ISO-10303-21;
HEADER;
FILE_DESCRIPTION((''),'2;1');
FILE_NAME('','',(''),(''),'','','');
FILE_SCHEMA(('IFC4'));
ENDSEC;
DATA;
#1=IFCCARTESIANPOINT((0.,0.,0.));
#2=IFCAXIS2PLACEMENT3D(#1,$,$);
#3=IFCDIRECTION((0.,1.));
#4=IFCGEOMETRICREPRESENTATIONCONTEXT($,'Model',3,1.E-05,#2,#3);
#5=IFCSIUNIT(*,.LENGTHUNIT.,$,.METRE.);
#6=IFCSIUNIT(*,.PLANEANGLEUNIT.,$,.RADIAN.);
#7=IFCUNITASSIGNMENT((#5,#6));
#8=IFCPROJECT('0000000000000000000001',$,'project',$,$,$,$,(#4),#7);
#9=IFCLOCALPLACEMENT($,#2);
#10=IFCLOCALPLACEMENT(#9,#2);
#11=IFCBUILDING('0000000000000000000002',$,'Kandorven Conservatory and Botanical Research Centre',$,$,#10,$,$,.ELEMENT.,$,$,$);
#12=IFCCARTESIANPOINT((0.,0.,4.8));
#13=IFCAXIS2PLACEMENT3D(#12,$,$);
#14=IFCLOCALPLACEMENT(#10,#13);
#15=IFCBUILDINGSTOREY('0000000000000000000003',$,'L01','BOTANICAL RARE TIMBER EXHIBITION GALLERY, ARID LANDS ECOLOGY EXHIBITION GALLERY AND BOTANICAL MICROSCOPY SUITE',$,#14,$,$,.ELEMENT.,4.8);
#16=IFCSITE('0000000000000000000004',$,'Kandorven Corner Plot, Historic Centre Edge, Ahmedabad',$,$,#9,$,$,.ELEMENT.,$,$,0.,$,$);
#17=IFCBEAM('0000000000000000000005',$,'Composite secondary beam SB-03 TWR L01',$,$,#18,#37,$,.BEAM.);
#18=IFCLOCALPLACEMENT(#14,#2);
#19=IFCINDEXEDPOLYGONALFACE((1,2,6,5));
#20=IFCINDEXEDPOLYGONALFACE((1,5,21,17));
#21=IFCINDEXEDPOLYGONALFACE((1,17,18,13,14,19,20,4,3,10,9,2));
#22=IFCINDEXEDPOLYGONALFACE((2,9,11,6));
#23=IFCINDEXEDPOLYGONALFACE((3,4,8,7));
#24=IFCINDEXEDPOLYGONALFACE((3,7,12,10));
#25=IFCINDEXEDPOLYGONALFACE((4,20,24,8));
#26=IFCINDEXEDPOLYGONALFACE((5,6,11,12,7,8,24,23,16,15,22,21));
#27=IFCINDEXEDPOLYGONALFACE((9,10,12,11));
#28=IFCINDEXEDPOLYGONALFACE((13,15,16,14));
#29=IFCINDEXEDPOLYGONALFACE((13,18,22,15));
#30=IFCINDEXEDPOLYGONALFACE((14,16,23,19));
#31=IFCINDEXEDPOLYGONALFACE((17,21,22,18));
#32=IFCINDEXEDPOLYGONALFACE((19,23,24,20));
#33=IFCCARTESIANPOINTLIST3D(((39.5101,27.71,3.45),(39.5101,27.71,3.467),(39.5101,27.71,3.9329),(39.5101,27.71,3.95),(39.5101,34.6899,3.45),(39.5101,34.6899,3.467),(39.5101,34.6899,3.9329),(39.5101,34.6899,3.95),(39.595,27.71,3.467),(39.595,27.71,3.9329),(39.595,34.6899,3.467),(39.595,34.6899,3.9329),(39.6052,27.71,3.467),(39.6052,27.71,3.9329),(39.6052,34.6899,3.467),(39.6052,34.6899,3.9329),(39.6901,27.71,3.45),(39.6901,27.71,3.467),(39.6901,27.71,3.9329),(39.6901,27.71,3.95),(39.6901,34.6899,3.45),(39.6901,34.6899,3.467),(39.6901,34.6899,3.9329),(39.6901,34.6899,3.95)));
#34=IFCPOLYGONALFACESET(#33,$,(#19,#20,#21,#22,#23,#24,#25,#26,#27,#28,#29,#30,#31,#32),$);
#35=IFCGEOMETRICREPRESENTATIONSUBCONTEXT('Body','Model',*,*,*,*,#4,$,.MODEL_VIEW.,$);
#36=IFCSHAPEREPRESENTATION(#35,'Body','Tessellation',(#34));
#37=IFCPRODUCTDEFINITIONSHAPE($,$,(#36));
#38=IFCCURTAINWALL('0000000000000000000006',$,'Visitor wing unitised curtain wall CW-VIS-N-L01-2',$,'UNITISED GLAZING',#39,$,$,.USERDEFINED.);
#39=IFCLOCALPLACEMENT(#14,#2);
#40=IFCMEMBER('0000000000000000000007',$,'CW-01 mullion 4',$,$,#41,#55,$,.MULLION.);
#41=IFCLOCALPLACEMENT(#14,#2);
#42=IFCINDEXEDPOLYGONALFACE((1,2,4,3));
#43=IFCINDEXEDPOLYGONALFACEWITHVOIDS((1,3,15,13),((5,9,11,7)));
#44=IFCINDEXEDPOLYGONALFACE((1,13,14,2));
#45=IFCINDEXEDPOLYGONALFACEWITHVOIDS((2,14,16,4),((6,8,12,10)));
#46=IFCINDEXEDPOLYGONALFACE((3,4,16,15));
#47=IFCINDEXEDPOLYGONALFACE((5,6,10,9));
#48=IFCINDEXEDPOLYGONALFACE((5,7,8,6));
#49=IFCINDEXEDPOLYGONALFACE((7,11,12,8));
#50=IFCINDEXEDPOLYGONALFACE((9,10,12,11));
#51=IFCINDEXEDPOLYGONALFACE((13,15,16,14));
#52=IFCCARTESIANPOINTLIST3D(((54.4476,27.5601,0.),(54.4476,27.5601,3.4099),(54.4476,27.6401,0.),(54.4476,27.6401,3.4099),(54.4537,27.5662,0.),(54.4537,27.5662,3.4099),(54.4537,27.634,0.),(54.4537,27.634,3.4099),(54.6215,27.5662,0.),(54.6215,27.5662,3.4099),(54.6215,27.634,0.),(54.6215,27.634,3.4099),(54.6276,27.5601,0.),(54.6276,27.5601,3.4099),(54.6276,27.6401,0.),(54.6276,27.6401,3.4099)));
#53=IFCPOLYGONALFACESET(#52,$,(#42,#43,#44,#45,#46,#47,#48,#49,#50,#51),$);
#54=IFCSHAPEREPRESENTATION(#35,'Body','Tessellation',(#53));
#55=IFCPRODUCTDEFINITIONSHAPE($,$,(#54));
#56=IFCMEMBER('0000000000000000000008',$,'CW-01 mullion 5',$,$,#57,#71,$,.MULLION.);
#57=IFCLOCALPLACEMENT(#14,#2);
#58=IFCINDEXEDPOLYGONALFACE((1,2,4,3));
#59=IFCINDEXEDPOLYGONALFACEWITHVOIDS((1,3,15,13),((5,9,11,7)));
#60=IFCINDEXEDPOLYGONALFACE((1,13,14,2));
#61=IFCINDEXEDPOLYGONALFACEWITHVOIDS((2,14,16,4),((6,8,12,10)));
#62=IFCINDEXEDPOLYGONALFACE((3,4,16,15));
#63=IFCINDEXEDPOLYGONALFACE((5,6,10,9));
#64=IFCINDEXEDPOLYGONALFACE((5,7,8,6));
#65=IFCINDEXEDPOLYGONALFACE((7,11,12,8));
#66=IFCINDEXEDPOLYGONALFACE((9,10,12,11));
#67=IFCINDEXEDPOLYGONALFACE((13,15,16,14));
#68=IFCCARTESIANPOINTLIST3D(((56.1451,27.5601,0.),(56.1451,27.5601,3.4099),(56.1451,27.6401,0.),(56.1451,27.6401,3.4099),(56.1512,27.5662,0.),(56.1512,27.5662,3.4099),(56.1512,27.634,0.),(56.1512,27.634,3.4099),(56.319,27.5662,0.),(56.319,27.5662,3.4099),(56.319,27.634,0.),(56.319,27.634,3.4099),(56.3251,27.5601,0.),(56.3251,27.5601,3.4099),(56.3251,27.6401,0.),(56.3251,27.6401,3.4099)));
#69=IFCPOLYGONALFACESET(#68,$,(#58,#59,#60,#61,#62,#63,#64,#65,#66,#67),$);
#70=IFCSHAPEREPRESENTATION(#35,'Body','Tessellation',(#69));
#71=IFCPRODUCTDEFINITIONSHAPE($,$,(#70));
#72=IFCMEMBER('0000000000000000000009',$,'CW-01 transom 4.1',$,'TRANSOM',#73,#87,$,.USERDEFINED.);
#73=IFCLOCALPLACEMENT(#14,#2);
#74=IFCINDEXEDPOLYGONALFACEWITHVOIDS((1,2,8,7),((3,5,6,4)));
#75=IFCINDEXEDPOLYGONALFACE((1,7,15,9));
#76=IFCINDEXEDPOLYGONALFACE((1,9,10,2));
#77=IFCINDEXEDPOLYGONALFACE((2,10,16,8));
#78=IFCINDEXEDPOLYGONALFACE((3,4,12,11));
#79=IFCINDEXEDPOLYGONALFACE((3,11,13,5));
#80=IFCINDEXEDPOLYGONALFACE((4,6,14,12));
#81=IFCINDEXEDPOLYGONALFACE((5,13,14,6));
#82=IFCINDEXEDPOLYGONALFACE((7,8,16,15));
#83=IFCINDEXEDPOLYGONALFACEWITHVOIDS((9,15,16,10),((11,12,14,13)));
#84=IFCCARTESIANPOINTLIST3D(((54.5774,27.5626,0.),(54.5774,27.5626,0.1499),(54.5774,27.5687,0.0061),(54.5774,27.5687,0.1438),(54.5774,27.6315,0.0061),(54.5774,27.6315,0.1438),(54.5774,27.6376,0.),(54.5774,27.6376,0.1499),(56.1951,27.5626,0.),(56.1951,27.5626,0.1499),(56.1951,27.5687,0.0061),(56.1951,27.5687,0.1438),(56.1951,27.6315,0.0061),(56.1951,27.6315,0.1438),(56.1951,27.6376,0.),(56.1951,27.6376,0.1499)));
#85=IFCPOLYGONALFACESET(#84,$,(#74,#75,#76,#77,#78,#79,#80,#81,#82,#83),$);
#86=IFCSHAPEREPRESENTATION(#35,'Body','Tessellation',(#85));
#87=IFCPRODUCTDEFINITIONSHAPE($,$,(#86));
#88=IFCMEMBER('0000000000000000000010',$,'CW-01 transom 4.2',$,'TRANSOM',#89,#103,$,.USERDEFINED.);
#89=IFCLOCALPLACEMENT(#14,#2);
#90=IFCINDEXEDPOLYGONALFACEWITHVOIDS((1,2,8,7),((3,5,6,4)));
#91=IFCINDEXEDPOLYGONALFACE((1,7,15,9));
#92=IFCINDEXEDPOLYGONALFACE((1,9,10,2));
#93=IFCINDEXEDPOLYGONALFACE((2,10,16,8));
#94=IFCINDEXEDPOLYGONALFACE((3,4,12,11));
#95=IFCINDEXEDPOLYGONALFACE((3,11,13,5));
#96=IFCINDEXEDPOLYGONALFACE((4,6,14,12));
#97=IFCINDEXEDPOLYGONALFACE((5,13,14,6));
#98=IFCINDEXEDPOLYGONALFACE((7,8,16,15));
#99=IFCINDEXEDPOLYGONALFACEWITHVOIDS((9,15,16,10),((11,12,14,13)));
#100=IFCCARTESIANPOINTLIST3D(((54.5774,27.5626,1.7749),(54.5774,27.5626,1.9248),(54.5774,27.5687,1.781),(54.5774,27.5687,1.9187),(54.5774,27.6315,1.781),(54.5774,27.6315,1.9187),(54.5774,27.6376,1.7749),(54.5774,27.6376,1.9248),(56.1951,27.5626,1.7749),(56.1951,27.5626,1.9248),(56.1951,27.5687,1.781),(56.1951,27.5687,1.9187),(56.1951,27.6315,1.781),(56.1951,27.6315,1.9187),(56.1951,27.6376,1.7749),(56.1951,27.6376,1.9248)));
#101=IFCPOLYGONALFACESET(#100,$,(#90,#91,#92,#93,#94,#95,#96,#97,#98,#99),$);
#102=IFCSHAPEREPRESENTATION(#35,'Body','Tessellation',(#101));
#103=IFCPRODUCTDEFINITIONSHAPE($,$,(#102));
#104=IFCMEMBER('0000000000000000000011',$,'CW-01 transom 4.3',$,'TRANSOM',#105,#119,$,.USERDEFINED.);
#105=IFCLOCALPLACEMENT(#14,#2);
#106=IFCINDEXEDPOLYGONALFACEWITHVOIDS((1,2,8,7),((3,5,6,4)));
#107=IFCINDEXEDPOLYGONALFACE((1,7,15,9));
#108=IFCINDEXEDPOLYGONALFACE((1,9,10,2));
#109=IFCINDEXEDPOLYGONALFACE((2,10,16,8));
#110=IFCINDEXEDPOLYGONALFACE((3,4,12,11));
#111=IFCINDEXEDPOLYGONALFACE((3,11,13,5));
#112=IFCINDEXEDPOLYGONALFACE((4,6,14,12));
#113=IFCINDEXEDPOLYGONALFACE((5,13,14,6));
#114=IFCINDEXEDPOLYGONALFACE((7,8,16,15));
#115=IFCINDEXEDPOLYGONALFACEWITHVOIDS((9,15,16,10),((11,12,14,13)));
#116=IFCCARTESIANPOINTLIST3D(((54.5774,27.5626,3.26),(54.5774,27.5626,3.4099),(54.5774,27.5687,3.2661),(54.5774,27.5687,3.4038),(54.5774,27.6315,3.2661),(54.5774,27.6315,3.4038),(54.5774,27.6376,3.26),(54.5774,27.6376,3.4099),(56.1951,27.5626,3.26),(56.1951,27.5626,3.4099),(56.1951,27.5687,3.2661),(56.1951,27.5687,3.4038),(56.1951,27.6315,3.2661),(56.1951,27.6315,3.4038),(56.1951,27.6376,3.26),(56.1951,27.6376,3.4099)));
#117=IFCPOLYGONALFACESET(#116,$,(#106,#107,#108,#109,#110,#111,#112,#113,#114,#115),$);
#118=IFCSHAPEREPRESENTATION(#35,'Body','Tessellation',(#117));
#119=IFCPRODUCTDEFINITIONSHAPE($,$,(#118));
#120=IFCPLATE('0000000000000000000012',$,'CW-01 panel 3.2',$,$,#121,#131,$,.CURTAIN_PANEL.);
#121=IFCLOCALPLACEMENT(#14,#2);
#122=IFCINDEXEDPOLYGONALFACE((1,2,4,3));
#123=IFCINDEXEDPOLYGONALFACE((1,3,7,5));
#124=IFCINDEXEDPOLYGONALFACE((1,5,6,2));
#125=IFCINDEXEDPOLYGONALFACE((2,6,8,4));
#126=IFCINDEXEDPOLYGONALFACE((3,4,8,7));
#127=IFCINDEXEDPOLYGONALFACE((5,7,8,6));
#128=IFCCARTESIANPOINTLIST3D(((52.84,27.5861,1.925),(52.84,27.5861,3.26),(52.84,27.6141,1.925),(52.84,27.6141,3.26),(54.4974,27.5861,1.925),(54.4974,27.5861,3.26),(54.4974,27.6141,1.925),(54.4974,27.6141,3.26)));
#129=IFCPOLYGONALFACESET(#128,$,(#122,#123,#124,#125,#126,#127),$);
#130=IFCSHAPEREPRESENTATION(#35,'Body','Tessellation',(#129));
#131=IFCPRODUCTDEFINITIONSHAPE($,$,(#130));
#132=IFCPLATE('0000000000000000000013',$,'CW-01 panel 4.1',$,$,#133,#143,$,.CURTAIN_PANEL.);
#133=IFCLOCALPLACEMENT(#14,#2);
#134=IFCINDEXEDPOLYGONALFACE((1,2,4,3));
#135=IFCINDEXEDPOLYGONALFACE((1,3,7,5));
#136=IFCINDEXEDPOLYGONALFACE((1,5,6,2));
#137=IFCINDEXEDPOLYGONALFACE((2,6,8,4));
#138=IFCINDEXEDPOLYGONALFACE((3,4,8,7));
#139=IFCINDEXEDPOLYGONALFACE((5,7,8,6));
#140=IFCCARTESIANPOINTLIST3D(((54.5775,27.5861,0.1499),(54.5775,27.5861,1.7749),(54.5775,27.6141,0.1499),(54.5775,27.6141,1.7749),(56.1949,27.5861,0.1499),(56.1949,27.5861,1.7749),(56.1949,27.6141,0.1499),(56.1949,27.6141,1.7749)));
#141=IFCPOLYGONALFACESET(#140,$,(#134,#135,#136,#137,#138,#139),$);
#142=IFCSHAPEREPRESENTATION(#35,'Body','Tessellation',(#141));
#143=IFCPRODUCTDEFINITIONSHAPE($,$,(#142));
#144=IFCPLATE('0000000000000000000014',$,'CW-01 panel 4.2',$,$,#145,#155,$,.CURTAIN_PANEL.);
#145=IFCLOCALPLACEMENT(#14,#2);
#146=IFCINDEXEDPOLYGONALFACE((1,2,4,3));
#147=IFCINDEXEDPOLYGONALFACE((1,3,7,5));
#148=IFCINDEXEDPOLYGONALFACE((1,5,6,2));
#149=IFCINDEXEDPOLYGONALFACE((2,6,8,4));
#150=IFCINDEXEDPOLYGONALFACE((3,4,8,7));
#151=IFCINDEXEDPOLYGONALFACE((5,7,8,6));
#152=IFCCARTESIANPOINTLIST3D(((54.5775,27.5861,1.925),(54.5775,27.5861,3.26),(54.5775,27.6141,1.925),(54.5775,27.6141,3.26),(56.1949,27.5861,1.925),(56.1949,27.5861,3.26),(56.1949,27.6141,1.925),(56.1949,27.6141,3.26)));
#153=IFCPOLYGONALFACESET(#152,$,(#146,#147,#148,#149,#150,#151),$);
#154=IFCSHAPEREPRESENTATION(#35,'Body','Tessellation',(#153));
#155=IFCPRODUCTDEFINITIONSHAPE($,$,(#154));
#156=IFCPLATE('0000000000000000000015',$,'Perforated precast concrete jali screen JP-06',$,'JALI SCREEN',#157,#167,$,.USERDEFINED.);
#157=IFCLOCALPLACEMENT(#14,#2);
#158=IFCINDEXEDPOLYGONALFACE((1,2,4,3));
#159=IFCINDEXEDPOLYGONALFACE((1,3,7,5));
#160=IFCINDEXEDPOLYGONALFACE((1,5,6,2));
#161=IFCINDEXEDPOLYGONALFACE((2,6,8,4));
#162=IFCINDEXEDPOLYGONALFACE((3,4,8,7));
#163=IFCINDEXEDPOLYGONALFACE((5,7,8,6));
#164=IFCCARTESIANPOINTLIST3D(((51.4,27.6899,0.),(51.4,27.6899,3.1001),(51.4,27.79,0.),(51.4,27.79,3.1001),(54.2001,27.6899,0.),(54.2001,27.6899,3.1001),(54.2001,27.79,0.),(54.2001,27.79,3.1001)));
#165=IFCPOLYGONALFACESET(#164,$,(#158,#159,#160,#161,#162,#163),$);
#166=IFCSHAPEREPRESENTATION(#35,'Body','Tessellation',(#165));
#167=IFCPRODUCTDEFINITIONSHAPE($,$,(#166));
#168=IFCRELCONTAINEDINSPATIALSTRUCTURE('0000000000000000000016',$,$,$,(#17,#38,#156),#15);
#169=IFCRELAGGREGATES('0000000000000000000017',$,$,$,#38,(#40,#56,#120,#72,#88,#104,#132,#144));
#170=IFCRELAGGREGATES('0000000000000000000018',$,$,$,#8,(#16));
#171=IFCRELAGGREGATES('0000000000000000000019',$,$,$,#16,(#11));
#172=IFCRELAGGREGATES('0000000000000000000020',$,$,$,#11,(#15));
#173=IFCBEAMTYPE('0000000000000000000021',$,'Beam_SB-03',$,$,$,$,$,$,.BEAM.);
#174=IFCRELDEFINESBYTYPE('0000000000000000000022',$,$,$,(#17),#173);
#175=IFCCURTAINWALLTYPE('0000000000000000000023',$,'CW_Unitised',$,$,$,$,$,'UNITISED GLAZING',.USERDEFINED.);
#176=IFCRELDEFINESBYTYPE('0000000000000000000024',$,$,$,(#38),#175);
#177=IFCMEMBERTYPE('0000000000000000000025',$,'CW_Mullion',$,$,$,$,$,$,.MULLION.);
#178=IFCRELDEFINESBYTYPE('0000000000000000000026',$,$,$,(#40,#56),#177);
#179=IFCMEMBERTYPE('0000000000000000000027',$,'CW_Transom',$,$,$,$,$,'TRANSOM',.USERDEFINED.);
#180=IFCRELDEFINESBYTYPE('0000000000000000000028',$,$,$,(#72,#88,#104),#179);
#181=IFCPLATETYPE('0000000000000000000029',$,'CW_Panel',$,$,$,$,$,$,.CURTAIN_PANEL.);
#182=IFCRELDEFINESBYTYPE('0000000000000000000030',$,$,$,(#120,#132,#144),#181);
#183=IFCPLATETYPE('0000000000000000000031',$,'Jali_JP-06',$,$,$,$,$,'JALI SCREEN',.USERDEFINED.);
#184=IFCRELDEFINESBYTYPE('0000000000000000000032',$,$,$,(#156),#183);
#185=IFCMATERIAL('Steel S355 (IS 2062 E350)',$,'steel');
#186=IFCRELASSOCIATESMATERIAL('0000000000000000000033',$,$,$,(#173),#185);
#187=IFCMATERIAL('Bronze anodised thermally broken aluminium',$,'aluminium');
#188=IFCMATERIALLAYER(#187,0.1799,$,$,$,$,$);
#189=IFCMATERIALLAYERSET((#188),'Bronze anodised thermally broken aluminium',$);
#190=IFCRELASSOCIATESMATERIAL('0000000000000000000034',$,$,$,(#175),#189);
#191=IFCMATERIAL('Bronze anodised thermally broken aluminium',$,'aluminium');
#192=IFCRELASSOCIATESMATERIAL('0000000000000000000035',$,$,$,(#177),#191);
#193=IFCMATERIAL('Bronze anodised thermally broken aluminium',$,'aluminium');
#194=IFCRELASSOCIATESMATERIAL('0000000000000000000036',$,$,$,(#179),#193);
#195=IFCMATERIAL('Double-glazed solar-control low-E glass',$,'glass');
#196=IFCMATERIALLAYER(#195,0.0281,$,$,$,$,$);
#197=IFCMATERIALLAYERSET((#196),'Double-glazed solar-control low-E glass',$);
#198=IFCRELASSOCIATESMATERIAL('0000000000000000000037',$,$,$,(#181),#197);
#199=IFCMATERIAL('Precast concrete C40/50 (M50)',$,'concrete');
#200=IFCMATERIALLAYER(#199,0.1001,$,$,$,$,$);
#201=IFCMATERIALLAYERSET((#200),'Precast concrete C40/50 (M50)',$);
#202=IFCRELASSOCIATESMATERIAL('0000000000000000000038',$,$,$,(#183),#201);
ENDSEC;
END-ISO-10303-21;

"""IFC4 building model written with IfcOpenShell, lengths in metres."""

from ifc_helpers import new_model, si_unit, direction, frame, origin, origin_2d, place, context, subcontext, project, spatial, rectangle, hollow_rectangle, i_section, extrude, material, layer, layer_set, material_profile, profile_set, type_object, element, aggregate, save


model = new_model("IFC4")

# Units and contexts
model_context = context("Model", 3, precision=1e-05, world=origin(), true_north=direction((0.0, 1.0)))
body_context = subcontext(model_context, "Body", "Model", "MODEL_VIEW")
ifc_project = project(units=[si_unit("LENGTHUNIT", "METRE"), si_unit("PLANEANGLEUNIT", "RADIAN")], contexts=[model_context])

# Site, building, storey
site_placement = place(None, origin())
site = spatial("IfcSite", under=ifc_project, at=site_placement, Name="Kandorven Corner Plot, Historic Centre Edge, Ahmedabad", CompositionType="ELEMENT", RefElevation=0.0)
building_placement = place(site_placement, origin())
building = spatial("IfcBuilding", under=site, at=building_placement, Name="Kandorven Conservatory and Botanical Research Centre", CompositionType="ELEMENT")
storey_placement = place(building_placement, frame((0.0, 0.0, 4.8)))
storey = spatial("IfcBuildingStorey", under=building, at=storey_placement, Name="L01", Description="BOTANICAL RARE TIMBER EXHIBITION GALLERY, ARID LANDS ECOLOGY EXHIBITION GALLERY AND BOTANICAL MICROSCOPY SUITE", CompositionType="ELEMENT", Elevation=4.8)

# Beam
ifc_material_1 = material(Name="Steel S355 (IS 2062 E350)", Category="steel")
ifc_material_profile_1 = material_profile(ifc_material_1, i_section(OverallWidth=0.1799, OverallDepth=0.5, WebThickness=0.0103, FlangeThickness=0.0171, at=origin_2d()))
ifc_profile_set_1 = profile_set([ifc_material_profile_1], Name="Steel S355 (IS 2062 E350)")
beam_type_1 = type_object("IfcBeamType", Name="Beam_SB-03", PredefinedType="BEAM", material=ifc_profile_set_1)
for number, where, z_axis, x_axis, name in (
    (1, (39.6001, 27.71, 3.7), (0.0, 1.0, 0.0), (-1.0, 0.0, 0.0), "Composite secondary beam SB-03 TWR L01"),
):
    element("IfcBeam", number, at=place(storey_placement, frame(where, z_axis=z_axis, x_axis=x_axis)), inside=storey, type_object=beam_type_1, Name=name, PredefinedType="BEAM", context=body_context, shape_type="SweptSolid", body=[
        extrude(i_section(OverallWidth=0.1799, OverallDepth=0.5, WebThickness=0.0103, FlangeThickness=0.0171, at=origin_2d()), origin(), (0.0, 0.0, 1.0), 6.98),
    ])

# Curtain wall, members, plates
ifc_material_2 = material(Name="Bronze anodised thermally broken aluminium", Category="aluminium")
ifc_layer_1 = layer(ifc_material_2, 0.1799)
ifc_layer_set_1 = layer_set([ifc_layer_1], Name="Bronze anodised thermally broken aluminium")
curtain_wall_type = type_object("IfcCurtainWallType", Name="CW_Unitised", ElementType="UNITISED GLAZING", PredefinedType="USERDEFINED", material=ifc_layer_set_1)
curtain_wall_placement = place(storey_placement, origin())
curtain_wall = element("IfcCurtainWall", 2, at=curtain_wall_placement, inside=storey, type_object=curtain_wall_type, Name="Visitor wing unitised curtain wall CW-VIS-N-L01-2", ObjectType="UNITISED GLAZING", PredefinedType="USERDEFINED")
ifc_material_3 = material(Name="Bronze anodised thermally broken aluminium", Category="aluminium")
ifc_material_profile_2 = material_profile(ifc_material_3, hollow_rectangle(XDim=0.0801, YDim=0.1799, WallThickness=0.0061, at=origin_2d()))
ifc_profile_set_2 = profile_set([ifc_material_profile_2], Name="Bronze anodised thermally broken aluminium")
member_type_1 = type_object("IfcMemberType", Name="CW_Mullion", PredefinedType="MULLION", material=ifc_profile_set_2)
member_1_placement = place(storey_placement, frame((54.5376, 27.6001, 0.0), z_axis=(0.0, 0.0, 1.0), x_axis=(0.0, 1.0, 0.0)))
member_1 = element("IfcMember", 3, at=member_1_placement, type_object=member_type_1, Name="CW-01 mullion 4", PredefinedType="MULLION", context=body_context, shape_type="SweptSolid", body=[
    extrude(hollow_rectangle(XDim=0.0801, YDim=0.1799, WallThickness=0.0061, at=origin_2d()), origin(), (0.0, 0.0, 1.0), 3.4099),
])
member_2_placement = place(storey_placement, frame((56.2351, 27.6001, 0.0), z_axis=(0.0, 0.0, 1.0), x_axis=(0.0, 1.0, 0.0)))
member_2 = element("IfcMember", 4, at=member_2_placement, type_object=member_type_1, Name="CW-01 mullion 5", PredefinedType="MULLION", context=body_context, shape_type="SweptSolid", body=[
    extrude(hollow_rectangle(XDim=0.0801, YDim=0.1799, WallThickness=0.0061, at=origin_2d()), origin(), (0.0, 0.0, 1.0), 3.4099),
])
ifc_material_4 = material(Name="Bronze anodised thermally broken aluminium", Category="aluminium")
ifc_material_profile_3 = material_profile(ifc_material_4, hollow_rectangle(XDim=0.075, YDim=0.1499, WallThickness=0.0061, at=origin_2d()))
ifc_profile_set_3 = profile_set([ifc_material_profile_3], Name="Bronze anodised thermally broken aluminium")
member_type_2 = type_object("IfcMemberType", Name="CW_Transom", ElementType="TRANSOM", PredefinedType="USERDEFINED", material=ifc_profile_set_3)
member_3_placement = place(storey_placement, frame((54.5774, 27.6001, 0.075), z_axis=(1.0, 0.0, 0.0), x_axis=(0.0, 1.0, 0.0)))
member_3 = element("IfcMember", 5, at=member_3_placement, type_object=member_type_2, Name="CW-01 transom 4.1", ObjectType="TRANSOM", PredefinedType="USERDEFINED", context=body_context, shape_type="SweptSolid", body=[
    extrude(hollow_rectangle(XDim=0.075, YDim=0.1499, WallThickness=0.0061, at=origin_2d()), origin(), (0.0, 0.0, 1.0), 1.6177),
])
member_4_placement = place(storey_placement, frame((54.5774, 27.6001, 1.8499), z_axis=(1.0, 0.0, 0.0), x_axis=(0.0, 1.0, 0.0)))
member_4 = element("IfcMember", 6, at=member_4_placement, type_object=member_type_2, Name="CW-01 transom 4.2", ObjectType="TRANSOM", PredefinedType="USERDEFINED", context=body_context, shape_type="SweptSolid", body=[
    extrude(hollow_rectangle(XDim=0.075, YDim=0.1499, WallThickness=0.0061, at=origin_2d()), origin(), (0.0, 0.0, 1.0), 1.6177),
])
member_5_placement = place(storey_placement, frame((54.5774, 27.6001, 3.335), z_axis=(1.0, 0.0, 0.0), x_axis=(0.0, 1.0, 0.0)))
member_5 = element("IfcMember", 7, at=member_5_placement, type_object=member_type_2, Name="CW-01 transom 4.3", ObjectType="TRANSOM", PredefinedType="USERDEFINED", context=body_context, shape_type="SweptSolid", body=[
    extrude(hollow_rectangle(XDim=0.075, YDim=0.1499, WallThickness=0.0061, at=origin_2d()), origin(), (0.0, 0.0, 1.0), 1.6177),
])
ifc_material_5 = material(Name="Double-glazed solar-control low-E glass", Category="glass")
ifc_layer_2 = layer(ifc_material_5, 0.0281)
ifc_layer_set_2 = layer_set([ifc_layer_2], Name="Double-glazed solar-control low-E glass")
plate_type_1 = type_object("IfcPlateType", Name="CW_Panel", PredefinedType="CURTAIN_PANEL", material=ifc_layer_set_2)
plate_1_placement = place(storey_placement, frame((53.6687, 27.6001, 1.925), z_axis=(0.0, 0.0, 1.0), x_axis=(1.0, 0.0, 0.0)))
plate_1 = element("IfcPlate", 8, at=plate_1_placement, type_object=plate_type_1, Name="CW-01 panel 3.2", PredefinedType="CURTAIN_PANEL", context=body_context, shape_type="SweptSolid", body=[
    extrude(rectangle(XDim=1.6575, YDim=0.0281, at=origin_2d()), origin(), (0.0, 0.0, 1.0), 1.335),
])
plate_2_placement = place(storey_placement, frame((55.3862, 27.6001, 0.1499), z_axis=(0.0, 0.0, 1.0), x_axis=(1.0, 0.0, 0.0)))
plate_2 = element("IfcPlate", 9, at=plate_2_placement, type_object=plate_type_1, Name="CW-01 panel 4.1", PredefinedType="CURTAIN_PANEL", context=body_context, shape_type="SweptSolid", body=[
    extrude(rectangle(XDim=1.6174, YDim=0.0281, at=origin_2d()), origin(), (0.0, 0.0, 1.0), 1.625),
])
plate_3_placement = place(storey_placement, frame((55.3862, 27.6001, 1.925), z_axis=(0.0, 0.0, 1.0), x_axis=(1.0, 0.0, 0.0)))
plate_3 = element("IfcPlate", 10, at=plate_3_placement, type_object=plate_type_1, Name="CW-01 panel 4.2", PredefinedType="CURTAIN_PANEL", context=body_context, shape_type="SweptSolid", body=[
    extrude(rectangle(XDim=1.6174, YDim=0.0281, at=origin_2d()), origin(), (0.0, 0.0, 1.0), 1.335),
])
aggregate(curtain_wall, [member_1, member_2, plate_1, member_3, member_4, member_5, plate_2, plate_3])

# Plate
ifc_material_6 = material(Name="Precast concrete C40/50 (M50)", Category="concrete")
ifc_layer_3 = layer(ifc_material_6, 0.1001)
ifc_layer_set_3 = layer_set([ifc_layer_3], Name="Precast concrete C40/50 (M50)")
plate_type_2 = type_object("IfcPlateType", Name="Jali_JP-06", ElementType="JALI SCREEN", PredefinedType="USERDEFINED", material=ifc_layer_set_3)
plate_4_placement = place(storey_placement, frame((52.8, 27.74, 0.0), z_axis=(0.0, 0.0, 1.0), x_axis=(1.0, 0.0, 0.0)))
element("IfcPlate", 11, at=plate_4_placement, inside=storey, type_object=plate_type_2, Name="Perforated precast concrete jali screen JP-06", ObjectType="JALI SCREEN", PredefinedType="USERDEFINED", context=body_context, shape_type="SweptSolid", body=[
    extrude(rectangle(XDim=2.8, YDim=0.1001, at=origin_2d()), origin(), (0.0, 0.0, 1.0), 3.1001),
])

save(model, "model.ifc")
